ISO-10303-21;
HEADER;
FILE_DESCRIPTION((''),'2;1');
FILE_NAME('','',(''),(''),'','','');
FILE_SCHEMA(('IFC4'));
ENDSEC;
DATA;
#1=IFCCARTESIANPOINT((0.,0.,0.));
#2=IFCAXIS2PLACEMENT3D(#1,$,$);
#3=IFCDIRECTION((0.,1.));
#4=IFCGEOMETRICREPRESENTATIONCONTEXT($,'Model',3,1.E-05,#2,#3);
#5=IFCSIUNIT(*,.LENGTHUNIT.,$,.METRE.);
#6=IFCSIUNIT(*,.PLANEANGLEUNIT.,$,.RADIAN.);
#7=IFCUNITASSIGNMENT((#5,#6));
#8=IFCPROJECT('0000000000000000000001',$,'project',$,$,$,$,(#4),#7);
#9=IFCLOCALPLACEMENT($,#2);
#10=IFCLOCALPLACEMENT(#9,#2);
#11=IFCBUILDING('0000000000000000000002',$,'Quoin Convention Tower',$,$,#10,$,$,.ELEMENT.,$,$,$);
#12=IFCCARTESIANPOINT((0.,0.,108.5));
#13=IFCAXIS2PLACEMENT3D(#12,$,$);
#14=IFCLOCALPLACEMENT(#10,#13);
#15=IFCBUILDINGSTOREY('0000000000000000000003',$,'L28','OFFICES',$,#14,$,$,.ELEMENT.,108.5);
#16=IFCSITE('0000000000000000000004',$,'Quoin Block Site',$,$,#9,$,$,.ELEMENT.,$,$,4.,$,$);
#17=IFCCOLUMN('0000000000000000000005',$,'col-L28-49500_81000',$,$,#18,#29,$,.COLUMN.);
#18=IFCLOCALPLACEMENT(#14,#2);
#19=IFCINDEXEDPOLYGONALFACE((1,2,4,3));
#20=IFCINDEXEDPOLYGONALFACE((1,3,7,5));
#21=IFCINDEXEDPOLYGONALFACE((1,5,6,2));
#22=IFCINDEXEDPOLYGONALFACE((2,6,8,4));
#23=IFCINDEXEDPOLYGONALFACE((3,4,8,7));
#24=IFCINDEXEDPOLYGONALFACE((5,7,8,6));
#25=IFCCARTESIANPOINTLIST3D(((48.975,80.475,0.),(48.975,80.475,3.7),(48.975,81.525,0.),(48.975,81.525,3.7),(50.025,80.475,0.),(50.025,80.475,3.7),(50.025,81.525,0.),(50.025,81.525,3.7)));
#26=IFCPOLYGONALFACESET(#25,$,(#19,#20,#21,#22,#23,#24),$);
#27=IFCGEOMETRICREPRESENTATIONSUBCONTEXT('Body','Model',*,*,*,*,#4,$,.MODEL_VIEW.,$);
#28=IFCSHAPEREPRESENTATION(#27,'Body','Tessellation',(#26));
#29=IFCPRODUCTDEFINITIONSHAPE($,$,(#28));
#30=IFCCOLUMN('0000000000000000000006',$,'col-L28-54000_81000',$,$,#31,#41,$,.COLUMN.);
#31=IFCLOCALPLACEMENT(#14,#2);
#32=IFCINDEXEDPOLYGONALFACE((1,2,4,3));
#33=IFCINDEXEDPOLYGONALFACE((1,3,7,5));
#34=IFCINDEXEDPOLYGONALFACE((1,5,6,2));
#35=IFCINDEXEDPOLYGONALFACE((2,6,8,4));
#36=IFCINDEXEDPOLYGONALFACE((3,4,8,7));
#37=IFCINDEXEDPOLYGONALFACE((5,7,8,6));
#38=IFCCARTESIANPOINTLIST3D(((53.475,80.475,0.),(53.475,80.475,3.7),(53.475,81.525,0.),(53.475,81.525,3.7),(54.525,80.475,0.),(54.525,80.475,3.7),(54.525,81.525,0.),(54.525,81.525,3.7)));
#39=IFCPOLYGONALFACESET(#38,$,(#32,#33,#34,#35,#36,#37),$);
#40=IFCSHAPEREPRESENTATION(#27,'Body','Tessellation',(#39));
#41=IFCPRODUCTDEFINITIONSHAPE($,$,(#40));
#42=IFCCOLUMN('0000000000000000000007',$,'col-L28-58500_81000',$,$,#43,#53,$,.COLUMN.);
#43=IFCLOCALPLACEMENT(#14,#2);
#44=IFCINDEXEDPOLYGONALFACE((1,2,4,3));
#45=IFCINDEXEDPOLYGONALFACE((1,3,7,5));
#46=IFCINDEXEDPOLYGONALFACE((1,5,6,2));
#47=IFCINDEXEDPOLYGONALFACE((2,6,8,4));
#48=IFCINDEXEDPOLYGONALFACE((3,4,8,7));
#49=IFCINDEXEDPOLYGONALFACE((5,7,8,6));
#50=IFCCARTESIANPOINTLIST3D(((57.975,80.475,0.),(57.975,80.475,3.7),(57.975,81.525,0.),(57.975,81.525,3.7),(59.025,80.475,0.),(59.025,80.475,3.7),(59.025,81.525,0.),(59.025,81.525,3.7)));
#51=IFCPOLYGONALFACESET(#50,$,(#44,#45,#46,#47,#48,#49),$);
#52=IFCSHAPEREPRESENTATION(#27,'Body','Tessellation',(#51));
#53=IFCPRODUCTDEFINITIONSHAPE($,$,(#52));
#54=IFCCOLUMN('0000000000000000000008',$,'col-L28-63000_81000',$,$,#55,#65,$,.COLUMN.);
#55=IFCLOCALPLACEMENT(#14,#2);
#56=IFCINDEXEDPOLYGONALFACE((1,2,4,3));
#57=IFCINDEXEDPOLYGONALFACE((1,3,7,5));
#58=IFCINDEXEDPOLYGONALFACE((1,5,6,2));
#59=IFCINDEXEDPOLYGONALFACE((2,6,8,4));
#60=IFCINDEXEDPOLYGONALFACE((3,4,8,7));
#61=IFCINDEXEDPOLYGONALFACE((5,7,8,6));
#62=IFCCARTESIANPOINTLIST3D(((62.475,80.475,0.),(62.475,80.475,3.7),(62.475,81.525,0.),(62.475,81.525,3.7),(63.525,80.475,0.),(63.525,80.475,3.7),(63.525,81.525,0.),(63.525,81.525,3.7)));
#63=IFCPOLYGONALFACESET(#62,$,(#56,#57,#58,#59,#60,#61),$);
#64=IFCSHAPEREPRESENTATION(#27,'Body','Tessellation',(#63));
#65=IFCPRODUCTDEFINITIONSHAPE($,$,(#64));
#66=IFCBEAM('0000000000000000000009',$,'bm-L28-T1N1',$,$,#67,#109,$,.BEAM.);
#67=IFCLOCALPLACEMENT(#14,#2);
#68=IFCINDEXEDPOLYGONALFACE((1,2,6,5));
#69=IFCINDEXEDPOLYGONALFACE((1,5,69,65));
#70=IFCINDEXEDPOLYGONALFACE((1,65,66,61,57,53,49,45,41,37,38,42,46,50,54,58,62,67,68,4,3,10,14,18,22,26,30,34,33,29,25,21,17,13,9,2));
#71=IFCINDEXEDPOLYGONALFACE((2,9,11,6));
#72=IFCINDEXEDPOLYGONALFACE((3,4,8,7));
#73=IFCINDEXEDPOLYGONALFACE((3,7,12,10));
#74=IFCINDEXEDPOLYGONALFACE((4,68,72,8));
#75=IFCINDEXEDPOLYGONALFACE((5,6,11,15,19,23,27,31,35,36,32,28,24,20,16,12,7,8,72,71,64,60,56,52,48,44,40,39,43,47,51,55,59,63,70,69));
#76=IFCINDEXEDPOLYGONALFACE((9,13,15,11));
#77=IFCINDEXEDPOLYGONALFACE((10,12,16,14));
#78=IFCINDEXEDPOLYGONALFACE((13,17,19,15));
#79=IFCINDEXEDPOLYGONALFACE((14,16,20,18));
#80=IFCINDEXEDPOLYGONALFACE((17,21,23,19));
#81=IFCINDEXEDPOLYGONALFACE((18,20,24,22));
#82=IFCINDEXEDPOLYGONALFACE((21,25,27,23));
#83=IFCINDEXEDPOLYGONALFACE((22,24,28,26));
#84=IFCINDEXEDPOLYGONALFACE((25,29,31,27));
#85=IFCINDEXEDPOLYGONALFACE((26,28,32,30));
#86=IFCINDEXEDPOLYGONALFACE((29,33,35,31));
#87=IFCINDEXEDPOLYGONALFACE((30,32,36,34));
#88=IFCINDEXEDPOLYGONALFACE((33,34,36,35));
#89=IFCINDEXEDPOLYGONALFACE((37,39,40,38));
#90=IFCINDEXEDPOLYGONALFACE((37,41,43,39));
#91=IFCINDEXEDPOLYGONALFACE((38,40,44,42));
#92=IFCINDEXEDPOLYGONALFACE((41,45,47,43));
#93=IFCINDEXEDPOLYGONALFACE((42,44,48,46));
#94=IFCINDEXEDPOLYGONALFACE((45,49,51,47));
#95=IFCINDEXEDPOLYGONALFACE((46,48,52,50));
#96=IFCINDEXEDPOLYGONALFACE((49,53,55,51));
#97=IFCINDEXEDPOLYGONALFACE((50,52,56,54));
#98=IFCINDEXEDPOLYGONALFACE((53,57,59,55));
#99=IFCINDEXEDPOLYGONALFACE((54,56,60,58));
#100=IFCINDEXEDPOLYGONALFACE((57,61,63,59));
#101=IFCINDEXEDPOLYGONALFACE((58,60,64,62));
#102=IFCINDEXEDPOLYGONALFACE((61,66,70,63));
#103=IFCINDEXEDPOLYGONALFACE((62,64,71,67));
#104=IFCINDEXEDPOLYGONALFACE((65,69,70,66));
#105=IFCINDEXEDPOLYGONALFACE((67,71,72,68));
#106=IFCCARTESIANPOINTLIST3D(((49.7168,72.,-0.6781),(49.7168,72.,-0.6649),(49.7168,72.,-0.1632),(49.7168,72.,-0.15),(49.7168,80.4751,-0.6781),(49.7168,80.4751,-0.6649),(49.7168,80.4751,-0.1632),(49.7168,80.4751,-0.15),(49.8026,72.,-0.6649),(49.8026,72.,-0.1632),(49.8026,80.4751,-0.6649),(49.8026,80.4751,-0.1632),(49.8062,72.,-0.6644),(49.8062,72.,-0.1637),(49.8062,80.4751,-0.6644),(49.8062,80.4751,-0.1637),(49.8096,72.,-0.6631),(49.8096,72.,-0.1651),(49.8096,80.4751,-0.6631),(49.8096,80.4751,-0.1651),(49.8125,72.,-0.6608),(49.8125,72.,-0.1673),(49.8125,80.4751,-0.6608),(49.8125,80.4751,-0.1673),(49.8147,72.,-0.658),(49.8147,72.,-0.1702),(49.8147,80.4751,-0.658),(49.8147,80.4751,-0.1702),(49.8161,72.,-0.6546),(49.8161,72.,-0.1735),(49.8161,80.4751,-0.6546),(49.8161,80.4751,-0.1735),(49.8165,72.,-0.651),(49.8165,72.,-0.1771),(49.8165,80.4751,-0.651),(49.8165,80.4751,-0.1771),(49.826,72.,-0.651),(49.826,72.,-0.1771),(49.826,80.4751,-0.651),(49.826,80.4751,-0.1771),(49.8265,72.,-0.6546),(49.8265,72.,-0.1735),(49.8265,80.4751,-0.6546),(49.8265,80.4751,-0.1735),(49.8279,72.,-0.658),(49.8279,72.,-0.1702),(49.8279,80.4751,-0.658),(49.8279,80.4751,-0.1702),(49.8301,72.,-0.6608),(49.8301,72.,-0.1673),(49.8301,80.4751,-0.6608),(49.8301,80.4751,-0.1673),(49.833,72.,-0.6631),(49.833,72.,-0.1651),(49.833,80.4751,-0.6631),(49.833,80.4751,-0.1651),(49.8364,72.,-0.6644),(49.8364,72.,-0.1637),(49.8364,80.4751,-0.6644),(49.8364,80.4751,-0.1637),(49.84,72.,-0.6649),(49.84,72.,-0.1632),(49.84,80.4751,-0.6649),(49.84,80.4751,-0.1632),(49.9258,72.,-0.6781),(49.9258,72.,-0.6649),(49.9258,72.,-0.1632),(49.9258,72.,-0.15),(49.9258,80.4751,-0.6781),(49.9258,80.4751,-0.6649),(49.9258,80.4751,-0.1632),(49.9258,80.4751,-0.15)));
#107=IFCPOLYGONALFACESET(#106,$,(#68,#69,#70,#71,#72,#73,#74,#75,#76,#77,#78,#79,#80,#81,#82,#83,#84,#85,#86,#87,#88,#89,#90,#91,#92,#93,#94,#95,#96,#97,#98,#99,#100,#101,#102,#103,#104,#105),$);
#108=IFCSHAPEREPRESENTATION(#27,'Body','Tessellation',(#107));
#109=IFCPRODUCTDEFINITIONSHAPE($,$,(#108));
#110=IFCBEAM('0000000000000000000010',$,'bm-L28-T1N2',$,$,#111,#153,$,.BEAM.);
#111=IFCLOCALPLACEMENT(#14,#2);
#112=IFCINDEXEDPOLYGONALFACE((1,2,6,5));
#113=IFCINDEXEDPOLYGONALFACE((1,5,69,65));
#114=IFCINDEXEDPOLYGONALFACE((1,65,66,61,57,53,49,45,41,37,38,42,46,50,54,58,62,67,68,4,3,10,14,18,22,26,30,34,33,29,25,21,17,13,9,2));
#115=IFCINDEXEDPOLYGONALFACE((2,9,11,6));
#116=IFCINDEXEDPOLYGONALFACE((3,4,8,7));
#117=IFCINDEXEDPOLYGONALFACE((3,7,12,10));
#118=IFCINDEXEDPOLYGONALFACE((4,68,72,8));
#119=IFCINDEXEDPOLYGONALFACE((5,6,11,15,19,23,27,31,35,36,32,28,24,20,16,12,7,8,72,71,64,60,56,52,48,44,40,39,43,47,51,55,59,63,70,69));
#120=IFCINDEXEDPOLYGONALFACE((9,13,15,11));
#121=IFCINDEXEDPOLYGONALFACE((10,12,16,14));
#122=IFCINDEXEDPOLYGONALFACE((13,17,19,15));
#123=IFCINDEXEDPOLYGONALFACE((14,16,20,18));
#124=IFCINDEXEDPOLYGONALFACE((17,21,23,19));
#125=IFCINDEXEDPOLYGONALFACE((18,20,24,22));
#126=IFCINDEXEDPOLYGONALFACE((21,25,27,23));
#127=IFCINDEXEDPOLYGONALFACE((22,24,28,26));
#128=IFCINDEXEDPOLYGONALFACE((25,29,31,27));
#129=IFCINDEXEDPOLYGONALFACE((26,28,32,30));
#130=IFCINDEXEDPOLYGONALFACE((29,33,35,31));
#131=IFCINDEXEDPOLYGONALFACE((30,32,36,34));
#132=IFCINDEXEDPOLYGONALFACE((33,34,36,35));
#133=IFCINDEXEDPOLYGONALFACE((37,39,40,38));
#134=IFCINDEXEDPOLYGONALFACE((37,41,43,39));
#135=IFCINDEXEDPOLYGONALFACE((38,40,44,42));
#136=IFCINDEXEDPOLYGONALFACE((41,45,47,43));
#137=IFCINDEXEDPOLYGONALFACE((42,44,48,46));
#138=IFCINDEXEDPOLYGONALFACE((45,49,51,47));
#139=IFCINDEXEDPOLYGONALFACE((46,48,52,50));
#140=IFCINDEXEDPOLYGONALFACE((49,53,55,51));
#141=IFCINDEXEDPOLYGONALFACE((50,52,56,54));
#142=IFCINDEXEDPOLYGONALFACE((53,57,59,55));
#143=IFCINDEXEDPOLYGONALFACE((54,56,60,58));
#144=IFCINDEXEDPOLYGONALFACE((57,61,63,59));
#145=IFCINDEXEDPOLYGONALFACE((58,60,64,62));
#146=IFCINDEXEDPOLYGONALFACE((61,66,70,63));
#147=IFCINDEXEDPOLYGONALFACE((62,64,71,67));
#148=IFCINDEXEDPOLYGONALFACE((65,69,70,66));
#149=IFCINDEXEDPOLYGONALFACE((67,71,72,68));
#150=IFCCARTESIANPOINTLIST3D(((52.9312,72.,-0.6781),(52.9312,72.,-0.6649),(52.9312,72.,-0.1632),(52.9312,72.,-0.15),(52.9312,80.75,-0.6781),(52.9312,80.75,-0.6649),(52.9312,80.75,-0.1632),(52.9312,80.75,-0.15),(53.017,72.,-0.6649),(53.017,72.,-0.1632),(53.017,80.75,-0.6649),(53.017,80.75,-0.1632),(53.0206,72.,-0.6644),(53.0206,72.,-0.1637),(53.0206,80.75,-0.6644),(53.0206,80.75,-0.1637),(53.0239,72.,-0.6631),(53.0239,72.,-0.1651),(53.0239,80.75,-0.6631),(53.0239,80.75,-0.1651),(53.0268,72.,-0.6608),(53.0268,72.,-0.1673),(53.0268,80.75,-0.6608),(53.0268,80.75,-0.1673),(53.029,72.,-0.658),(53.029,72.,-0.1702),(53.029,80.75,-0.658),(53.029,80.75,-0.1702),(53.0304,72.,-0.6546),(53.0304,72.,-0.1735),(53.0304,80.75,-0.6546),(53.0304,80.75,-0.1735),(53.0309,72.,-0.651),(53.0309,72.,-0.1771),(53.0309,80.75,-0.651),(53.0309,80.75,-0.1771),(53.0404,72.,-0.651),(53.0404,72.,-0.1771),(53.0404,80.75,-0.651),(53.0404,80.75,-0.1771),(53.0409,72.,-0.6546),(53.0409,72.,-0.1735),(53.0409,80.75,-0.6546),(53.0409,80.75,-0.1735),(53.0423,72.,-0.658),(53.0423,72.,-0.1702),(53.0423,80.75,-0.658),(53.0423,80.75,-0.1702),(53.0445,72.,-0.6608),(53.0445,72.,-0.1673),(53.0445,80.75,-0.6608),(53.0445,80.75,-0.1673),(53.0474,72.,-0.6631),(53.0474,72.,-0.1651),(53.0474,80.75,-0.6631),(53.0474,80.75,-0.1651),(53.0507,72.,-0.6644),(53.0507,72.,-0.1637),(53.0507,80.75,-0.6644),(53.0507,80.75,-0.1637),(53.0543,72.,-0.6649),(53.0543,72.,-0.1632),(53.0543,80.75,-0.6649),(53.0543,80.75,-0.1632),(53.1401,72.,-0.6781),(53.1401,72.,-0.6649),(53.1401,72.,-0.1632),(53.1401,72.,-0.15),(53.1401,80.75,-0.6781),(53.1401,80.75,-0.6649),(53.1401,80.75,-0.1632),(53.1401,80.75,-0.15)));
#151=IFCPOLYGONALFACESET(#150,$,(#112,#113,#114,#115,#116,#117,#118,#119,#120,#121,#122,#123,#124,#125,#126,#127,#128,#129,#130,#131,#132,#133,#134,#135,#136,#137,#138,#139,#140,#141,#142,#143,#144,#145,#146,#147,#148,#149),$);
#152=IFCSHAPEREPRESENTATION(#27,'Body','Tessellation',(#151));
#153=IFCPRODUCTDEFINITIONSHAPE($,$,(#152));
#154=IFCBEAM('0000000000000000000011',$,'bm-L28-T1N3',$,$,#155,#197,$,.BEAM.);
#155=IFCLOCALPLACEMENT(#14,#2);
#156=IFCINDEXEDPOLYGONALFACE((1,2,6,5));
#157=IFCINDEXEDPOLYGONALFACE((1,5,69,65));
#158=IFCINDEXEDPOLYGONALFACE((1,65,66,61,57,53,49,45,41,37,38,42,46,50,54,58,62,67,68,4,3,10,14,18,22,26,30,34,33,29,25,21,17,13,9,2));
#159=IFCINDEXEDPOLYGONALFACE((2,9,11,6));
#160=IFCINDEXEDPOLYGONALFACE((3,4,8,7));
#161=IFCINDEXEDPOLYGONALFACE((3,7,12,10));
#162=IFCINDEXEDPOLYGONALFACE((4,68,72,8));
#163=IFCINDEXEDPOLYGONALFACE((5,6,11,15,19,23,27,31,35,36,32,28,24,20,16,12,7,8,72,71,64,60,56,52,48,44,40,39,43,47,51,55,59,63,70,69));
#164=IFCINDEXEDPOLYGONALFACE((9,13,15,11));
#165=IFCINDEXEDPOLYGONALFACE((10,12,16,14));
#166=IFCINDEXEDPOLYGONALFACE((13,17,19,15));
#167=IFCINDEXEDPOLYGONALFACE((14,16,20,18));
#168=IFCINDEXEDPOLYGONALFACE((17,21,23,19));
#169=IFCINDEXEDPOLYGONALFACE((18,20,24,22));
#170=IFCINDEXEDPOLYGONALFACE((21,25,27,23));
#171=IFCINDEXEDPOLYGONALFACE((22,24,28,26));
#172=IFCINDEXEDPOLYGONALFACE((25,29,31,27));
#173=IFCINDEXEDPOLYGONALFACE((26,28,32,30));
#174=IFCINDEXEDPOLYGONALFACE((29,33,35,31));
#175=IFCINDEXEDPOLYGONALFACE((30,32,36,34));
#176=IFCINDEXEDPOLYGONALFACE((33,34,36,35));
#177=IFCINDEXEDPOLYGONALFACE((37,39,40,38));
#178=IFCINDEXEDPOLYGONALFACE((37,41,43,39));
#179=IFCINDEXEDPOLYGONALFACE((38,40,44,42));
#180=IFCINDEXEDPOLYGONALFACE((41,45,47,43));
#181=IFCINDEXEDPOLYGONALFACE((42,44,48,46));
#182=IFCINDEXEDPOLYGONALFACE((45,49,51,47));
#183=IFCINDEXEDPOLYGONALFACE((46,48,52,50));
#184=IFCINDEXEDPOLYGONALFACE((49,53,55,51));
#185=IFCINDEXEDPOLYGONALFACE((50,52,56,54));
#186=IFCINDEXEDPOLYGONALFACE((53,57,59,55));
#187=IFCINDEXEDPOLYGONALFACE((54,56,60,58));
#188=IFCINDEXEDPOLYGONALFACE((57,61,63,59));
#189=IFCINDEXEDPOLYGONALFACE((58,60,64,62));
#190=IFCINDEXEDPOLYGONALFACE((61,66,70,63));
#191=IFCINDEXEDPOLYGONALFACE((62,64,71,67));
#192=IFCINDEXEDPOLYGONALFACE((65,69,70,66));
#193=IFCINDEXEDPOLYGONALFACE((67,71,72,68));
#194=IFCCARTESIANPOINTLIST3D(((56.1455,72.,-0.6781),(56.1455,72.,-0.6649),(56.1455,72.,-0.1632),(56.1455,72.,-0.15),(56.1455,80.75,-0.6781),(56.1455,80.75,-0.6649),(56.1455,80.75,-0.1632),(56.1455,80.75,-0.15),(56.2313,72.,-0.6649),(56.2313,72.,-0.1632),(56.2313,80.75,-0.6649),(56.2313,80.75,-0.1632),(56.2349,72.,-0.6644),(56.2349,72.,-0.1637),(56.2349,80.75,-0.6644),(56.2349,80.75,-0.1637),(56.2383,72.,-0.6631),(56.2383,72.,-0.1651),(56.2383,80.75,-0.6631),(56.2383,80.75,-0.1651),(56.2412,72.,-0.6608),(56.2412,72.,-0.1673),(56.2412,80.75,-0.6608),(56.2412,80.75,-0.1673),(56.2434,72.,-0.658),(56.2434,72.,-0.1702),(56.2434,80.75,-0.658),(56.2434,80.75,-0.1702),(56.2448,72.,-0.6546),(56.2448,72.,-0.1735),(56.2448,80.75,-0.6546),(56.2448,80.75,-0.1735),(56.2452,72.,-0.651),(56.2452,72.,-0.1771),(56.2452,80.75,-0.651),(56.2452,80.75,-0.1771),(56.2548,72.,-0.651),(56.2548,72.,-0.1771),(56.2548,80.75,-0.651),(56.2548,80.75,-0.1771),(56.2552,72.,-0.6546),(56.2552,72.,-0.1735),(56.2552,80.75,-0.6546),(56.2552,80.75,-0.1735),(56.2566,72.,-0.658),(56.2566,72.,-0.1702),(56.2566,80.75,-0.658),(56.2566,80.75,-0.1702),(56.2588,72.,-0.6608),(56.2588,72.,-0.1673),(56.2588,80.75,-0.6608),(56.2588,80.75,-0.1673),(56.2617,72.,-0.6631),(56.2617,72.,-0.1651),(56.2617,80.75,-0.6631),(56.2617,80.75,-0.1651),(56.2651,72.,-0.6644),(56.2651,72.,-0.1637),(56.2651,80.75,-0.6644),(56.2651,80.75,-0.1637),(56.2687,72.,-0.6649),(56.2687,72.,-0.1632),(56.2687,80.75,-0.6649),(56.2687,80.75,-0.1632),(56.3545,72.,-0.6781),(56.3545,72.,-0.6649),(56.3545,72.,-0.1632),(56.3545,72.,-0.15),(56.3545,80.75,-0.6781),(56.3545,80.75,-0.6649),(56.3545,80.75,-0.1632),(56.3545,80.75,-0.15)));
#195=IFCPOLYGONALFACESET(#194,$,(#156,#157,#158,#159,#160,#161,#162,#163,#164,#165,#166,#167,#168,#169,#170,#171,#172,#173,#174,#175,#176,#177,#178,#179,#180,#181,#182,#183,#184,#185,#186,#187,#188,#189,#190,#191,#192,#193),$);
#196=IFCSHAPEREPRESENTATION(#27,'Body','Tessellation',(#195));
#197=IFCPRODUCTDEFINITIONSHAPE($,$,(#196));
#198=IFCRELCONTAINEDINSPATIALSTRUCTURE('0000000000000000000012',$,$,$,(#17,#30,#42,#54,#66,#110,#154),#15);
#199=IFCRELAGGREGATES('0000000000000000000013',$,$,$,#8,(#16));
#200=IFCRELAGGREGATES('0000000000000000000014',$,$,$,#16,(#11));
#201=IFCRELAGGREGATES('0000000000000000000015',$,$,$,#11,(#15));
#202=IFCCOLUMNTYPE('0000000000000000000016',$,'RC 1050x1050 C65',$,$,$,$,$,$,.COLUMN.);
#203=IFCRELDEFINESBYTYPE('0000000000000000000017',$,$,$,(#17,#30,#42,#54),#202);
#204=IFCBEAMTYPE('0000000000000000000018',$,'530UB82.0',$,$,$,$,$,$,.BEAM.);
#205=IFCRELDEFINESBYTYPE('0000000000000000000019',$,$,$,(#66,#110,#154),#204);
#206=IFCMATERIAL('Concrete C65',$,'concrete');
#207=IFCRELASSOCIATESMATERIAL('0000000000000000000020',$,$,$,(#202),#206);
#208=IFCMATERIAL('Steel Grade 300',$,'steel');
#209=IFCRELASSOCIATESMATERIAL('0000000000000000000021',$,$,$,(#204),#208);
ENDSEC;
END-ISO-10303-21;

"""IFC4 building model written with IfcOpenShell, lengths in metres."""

from ifc_helpers import new_model, si_unit, direction, frame, origin, origin_2d, place, context, subcontext, project, spatial, rectangle, i_section, extrude, material, material_profile, profile_set, type_object, element, save


model = new_model("IFC4")

# Units and contexts
model_context = context("Model", 3, precision=1e-05, world=origin(), true_north=direction((0.0, 1.0)))
body_context = subcontext(model_context, "Body", "Model", "MODEL_VIEW")
ifc_project = project(units=[si_unit("LENGTHUNIT", "METRE"), si_unit("PLANEANGLEUNIT", "RADIAN")], contexts=[model_context])

# Site, building, storey
site_placement = place(None, origin())
site = spatial("IfcSite", under=ifc_project, at=site_placement, Name="Quoin Block Site", CompositionType="ELEMENT", RefElevation=4.0)
building_placement = place(site_placement, origin())
building = spatial("IfcBuilding", under=site, at=building_placement, Name="Quoin Convention Tower", CompositionType="ELEMENT")
storey_placement = place(building_placement, frame((0.0, 0.0, 108.5)))
storey = spatial("IfcBuildingStorey", under=building, at=storey_placement, Name="L28", Description="OFFICES", CompositionType="ELEMENT", Elevation=108.5)

# Columns
ifc_material_1 = material(Name="Concrete C65", Category="concrete")
ifc_material_profile_1 = material_profile(ifc_material_1, rectangle(XDim=1.05, YDim=1.05, at=origin_2d()), Name="RC 1050x1050")
ifc_profile_set_1 = profile_set([ifc_material_profile_1], Name="Concrete C65")
column_type = type_object("IfcColumnType", Name="RC 1050x1050 C65", PredefinedType="COLUMN", material=ifc_profile_set_1)
for number, where, z_axis, x_axis, name in (
    (1, (49.5, 81.0, 0.0), (0.0, 0.0, 1.0), (1.0, 0.0, 0.0), "col-L28-49500_81000"),
    (2, (54.0, 81.0, 0.0), (0.0, 0.0, 1.0), (1.0, 0.0, 0.0), "col-L28-54000_81000"),
    (3, (58.5, 81.0, 0.0), (0.0, 0.0, 1.0), (1.0, 0.0, 0.0), "col-L28-58500_81000"),
    (4, (63.0, 81.0, 0.0), (0.0, 0.0, 1.0), (1.0, 0.0, 0.0), "col-L28-63000_81000"),
):
    element("IfcColumn", number, at=place(storey_placement, frame(where, z_axis=z_axis, x_axis=x_axis)), inside=storey, type_object=column_type, Name=name, PredefinedType="COLUMN", context=body_context, shape_type="SweptSolid", body=[
        extrude(rectangle(XDim=1.05, YDim=1.05, at=origin_2d()), origin(), (0.0, 0.0, 1.0), 3.7),
    ])

# Beams
ifc_material_2 = material(Name="Steel Grade 300", Category="steel")
ifc_material_profile_2 = material_profile(ifc_material_2, i_section(OverallWidth=0.209, OverallDepth=0.5281, WebThickness=0.0095, FlangeThickness=0.0132, FilletRadius=0.0139, at=origin_2d()), Name="530UB82.0")
ifc_profile_set_2 = profile_set([ifc_material_profile_2], Name="Steel Grade 300")
beam_type_1 = type_object("IfcBeamType", Name="530UB82.0", PredefinedType="BEAM", material=ifc_profile_set_2)
beam_1_placement = place(storey_placement, frame((49.8213, 72.0, -0.4141), z_axis=(0.0, 1.0, 0.0), x_axis=(-1.0, 0.0, 0.0)))
element("IfcBeam", 5, at=beam_1_placement, inside=storey, type_object=beam_type_1, Name="bm-L28-T1N1", PredefinedType="BEAM", context=body_context, shape_type="SweptSolid", body=[
    extrude(i_section(OverallWidth=0.209, OverallDepth=0.5281, WebThickness=0.0095, FlangeThickness=0.0132, FilletRadius=0.0139, at=origin_2d()), origin(), (0.0, 0.0, 1.0), 8.4751),
])
for number, where, z_axis, x_axis, name in (
    (6, (53.0356, 72.0, -0.4141), (0.0, 1.0, 0.0), (-1.0, 0.0, 0.0), "bm-L28-T1N2"),
    (7, (56.25, 72.0, -0.4141), (0.0, 1.0, 0.0), (-1.0, 0.0, 0.0), "bm-L28-T1N3"),
):
    element("IfcBeam", number, at=place(storey_placement, frame(where, z_axis=z_axis, x_axis=x_axis)), inside=storey, type_object=beam_type_1, Name=name, PredefinedType="BEAM", context=body_context, shape_type="SweptSolid", body=[
        extrude(i_section(OverallWidth=0.209, OverallDepth=0.5281, WebThickness=0.0095, FlangeThickness=0.0132, FilletRadius=0.0139, at=origin_2d()), origin(), (0.0, 0.0, 1.0), 8.75),
    ])

save(model, "model.ifc")
